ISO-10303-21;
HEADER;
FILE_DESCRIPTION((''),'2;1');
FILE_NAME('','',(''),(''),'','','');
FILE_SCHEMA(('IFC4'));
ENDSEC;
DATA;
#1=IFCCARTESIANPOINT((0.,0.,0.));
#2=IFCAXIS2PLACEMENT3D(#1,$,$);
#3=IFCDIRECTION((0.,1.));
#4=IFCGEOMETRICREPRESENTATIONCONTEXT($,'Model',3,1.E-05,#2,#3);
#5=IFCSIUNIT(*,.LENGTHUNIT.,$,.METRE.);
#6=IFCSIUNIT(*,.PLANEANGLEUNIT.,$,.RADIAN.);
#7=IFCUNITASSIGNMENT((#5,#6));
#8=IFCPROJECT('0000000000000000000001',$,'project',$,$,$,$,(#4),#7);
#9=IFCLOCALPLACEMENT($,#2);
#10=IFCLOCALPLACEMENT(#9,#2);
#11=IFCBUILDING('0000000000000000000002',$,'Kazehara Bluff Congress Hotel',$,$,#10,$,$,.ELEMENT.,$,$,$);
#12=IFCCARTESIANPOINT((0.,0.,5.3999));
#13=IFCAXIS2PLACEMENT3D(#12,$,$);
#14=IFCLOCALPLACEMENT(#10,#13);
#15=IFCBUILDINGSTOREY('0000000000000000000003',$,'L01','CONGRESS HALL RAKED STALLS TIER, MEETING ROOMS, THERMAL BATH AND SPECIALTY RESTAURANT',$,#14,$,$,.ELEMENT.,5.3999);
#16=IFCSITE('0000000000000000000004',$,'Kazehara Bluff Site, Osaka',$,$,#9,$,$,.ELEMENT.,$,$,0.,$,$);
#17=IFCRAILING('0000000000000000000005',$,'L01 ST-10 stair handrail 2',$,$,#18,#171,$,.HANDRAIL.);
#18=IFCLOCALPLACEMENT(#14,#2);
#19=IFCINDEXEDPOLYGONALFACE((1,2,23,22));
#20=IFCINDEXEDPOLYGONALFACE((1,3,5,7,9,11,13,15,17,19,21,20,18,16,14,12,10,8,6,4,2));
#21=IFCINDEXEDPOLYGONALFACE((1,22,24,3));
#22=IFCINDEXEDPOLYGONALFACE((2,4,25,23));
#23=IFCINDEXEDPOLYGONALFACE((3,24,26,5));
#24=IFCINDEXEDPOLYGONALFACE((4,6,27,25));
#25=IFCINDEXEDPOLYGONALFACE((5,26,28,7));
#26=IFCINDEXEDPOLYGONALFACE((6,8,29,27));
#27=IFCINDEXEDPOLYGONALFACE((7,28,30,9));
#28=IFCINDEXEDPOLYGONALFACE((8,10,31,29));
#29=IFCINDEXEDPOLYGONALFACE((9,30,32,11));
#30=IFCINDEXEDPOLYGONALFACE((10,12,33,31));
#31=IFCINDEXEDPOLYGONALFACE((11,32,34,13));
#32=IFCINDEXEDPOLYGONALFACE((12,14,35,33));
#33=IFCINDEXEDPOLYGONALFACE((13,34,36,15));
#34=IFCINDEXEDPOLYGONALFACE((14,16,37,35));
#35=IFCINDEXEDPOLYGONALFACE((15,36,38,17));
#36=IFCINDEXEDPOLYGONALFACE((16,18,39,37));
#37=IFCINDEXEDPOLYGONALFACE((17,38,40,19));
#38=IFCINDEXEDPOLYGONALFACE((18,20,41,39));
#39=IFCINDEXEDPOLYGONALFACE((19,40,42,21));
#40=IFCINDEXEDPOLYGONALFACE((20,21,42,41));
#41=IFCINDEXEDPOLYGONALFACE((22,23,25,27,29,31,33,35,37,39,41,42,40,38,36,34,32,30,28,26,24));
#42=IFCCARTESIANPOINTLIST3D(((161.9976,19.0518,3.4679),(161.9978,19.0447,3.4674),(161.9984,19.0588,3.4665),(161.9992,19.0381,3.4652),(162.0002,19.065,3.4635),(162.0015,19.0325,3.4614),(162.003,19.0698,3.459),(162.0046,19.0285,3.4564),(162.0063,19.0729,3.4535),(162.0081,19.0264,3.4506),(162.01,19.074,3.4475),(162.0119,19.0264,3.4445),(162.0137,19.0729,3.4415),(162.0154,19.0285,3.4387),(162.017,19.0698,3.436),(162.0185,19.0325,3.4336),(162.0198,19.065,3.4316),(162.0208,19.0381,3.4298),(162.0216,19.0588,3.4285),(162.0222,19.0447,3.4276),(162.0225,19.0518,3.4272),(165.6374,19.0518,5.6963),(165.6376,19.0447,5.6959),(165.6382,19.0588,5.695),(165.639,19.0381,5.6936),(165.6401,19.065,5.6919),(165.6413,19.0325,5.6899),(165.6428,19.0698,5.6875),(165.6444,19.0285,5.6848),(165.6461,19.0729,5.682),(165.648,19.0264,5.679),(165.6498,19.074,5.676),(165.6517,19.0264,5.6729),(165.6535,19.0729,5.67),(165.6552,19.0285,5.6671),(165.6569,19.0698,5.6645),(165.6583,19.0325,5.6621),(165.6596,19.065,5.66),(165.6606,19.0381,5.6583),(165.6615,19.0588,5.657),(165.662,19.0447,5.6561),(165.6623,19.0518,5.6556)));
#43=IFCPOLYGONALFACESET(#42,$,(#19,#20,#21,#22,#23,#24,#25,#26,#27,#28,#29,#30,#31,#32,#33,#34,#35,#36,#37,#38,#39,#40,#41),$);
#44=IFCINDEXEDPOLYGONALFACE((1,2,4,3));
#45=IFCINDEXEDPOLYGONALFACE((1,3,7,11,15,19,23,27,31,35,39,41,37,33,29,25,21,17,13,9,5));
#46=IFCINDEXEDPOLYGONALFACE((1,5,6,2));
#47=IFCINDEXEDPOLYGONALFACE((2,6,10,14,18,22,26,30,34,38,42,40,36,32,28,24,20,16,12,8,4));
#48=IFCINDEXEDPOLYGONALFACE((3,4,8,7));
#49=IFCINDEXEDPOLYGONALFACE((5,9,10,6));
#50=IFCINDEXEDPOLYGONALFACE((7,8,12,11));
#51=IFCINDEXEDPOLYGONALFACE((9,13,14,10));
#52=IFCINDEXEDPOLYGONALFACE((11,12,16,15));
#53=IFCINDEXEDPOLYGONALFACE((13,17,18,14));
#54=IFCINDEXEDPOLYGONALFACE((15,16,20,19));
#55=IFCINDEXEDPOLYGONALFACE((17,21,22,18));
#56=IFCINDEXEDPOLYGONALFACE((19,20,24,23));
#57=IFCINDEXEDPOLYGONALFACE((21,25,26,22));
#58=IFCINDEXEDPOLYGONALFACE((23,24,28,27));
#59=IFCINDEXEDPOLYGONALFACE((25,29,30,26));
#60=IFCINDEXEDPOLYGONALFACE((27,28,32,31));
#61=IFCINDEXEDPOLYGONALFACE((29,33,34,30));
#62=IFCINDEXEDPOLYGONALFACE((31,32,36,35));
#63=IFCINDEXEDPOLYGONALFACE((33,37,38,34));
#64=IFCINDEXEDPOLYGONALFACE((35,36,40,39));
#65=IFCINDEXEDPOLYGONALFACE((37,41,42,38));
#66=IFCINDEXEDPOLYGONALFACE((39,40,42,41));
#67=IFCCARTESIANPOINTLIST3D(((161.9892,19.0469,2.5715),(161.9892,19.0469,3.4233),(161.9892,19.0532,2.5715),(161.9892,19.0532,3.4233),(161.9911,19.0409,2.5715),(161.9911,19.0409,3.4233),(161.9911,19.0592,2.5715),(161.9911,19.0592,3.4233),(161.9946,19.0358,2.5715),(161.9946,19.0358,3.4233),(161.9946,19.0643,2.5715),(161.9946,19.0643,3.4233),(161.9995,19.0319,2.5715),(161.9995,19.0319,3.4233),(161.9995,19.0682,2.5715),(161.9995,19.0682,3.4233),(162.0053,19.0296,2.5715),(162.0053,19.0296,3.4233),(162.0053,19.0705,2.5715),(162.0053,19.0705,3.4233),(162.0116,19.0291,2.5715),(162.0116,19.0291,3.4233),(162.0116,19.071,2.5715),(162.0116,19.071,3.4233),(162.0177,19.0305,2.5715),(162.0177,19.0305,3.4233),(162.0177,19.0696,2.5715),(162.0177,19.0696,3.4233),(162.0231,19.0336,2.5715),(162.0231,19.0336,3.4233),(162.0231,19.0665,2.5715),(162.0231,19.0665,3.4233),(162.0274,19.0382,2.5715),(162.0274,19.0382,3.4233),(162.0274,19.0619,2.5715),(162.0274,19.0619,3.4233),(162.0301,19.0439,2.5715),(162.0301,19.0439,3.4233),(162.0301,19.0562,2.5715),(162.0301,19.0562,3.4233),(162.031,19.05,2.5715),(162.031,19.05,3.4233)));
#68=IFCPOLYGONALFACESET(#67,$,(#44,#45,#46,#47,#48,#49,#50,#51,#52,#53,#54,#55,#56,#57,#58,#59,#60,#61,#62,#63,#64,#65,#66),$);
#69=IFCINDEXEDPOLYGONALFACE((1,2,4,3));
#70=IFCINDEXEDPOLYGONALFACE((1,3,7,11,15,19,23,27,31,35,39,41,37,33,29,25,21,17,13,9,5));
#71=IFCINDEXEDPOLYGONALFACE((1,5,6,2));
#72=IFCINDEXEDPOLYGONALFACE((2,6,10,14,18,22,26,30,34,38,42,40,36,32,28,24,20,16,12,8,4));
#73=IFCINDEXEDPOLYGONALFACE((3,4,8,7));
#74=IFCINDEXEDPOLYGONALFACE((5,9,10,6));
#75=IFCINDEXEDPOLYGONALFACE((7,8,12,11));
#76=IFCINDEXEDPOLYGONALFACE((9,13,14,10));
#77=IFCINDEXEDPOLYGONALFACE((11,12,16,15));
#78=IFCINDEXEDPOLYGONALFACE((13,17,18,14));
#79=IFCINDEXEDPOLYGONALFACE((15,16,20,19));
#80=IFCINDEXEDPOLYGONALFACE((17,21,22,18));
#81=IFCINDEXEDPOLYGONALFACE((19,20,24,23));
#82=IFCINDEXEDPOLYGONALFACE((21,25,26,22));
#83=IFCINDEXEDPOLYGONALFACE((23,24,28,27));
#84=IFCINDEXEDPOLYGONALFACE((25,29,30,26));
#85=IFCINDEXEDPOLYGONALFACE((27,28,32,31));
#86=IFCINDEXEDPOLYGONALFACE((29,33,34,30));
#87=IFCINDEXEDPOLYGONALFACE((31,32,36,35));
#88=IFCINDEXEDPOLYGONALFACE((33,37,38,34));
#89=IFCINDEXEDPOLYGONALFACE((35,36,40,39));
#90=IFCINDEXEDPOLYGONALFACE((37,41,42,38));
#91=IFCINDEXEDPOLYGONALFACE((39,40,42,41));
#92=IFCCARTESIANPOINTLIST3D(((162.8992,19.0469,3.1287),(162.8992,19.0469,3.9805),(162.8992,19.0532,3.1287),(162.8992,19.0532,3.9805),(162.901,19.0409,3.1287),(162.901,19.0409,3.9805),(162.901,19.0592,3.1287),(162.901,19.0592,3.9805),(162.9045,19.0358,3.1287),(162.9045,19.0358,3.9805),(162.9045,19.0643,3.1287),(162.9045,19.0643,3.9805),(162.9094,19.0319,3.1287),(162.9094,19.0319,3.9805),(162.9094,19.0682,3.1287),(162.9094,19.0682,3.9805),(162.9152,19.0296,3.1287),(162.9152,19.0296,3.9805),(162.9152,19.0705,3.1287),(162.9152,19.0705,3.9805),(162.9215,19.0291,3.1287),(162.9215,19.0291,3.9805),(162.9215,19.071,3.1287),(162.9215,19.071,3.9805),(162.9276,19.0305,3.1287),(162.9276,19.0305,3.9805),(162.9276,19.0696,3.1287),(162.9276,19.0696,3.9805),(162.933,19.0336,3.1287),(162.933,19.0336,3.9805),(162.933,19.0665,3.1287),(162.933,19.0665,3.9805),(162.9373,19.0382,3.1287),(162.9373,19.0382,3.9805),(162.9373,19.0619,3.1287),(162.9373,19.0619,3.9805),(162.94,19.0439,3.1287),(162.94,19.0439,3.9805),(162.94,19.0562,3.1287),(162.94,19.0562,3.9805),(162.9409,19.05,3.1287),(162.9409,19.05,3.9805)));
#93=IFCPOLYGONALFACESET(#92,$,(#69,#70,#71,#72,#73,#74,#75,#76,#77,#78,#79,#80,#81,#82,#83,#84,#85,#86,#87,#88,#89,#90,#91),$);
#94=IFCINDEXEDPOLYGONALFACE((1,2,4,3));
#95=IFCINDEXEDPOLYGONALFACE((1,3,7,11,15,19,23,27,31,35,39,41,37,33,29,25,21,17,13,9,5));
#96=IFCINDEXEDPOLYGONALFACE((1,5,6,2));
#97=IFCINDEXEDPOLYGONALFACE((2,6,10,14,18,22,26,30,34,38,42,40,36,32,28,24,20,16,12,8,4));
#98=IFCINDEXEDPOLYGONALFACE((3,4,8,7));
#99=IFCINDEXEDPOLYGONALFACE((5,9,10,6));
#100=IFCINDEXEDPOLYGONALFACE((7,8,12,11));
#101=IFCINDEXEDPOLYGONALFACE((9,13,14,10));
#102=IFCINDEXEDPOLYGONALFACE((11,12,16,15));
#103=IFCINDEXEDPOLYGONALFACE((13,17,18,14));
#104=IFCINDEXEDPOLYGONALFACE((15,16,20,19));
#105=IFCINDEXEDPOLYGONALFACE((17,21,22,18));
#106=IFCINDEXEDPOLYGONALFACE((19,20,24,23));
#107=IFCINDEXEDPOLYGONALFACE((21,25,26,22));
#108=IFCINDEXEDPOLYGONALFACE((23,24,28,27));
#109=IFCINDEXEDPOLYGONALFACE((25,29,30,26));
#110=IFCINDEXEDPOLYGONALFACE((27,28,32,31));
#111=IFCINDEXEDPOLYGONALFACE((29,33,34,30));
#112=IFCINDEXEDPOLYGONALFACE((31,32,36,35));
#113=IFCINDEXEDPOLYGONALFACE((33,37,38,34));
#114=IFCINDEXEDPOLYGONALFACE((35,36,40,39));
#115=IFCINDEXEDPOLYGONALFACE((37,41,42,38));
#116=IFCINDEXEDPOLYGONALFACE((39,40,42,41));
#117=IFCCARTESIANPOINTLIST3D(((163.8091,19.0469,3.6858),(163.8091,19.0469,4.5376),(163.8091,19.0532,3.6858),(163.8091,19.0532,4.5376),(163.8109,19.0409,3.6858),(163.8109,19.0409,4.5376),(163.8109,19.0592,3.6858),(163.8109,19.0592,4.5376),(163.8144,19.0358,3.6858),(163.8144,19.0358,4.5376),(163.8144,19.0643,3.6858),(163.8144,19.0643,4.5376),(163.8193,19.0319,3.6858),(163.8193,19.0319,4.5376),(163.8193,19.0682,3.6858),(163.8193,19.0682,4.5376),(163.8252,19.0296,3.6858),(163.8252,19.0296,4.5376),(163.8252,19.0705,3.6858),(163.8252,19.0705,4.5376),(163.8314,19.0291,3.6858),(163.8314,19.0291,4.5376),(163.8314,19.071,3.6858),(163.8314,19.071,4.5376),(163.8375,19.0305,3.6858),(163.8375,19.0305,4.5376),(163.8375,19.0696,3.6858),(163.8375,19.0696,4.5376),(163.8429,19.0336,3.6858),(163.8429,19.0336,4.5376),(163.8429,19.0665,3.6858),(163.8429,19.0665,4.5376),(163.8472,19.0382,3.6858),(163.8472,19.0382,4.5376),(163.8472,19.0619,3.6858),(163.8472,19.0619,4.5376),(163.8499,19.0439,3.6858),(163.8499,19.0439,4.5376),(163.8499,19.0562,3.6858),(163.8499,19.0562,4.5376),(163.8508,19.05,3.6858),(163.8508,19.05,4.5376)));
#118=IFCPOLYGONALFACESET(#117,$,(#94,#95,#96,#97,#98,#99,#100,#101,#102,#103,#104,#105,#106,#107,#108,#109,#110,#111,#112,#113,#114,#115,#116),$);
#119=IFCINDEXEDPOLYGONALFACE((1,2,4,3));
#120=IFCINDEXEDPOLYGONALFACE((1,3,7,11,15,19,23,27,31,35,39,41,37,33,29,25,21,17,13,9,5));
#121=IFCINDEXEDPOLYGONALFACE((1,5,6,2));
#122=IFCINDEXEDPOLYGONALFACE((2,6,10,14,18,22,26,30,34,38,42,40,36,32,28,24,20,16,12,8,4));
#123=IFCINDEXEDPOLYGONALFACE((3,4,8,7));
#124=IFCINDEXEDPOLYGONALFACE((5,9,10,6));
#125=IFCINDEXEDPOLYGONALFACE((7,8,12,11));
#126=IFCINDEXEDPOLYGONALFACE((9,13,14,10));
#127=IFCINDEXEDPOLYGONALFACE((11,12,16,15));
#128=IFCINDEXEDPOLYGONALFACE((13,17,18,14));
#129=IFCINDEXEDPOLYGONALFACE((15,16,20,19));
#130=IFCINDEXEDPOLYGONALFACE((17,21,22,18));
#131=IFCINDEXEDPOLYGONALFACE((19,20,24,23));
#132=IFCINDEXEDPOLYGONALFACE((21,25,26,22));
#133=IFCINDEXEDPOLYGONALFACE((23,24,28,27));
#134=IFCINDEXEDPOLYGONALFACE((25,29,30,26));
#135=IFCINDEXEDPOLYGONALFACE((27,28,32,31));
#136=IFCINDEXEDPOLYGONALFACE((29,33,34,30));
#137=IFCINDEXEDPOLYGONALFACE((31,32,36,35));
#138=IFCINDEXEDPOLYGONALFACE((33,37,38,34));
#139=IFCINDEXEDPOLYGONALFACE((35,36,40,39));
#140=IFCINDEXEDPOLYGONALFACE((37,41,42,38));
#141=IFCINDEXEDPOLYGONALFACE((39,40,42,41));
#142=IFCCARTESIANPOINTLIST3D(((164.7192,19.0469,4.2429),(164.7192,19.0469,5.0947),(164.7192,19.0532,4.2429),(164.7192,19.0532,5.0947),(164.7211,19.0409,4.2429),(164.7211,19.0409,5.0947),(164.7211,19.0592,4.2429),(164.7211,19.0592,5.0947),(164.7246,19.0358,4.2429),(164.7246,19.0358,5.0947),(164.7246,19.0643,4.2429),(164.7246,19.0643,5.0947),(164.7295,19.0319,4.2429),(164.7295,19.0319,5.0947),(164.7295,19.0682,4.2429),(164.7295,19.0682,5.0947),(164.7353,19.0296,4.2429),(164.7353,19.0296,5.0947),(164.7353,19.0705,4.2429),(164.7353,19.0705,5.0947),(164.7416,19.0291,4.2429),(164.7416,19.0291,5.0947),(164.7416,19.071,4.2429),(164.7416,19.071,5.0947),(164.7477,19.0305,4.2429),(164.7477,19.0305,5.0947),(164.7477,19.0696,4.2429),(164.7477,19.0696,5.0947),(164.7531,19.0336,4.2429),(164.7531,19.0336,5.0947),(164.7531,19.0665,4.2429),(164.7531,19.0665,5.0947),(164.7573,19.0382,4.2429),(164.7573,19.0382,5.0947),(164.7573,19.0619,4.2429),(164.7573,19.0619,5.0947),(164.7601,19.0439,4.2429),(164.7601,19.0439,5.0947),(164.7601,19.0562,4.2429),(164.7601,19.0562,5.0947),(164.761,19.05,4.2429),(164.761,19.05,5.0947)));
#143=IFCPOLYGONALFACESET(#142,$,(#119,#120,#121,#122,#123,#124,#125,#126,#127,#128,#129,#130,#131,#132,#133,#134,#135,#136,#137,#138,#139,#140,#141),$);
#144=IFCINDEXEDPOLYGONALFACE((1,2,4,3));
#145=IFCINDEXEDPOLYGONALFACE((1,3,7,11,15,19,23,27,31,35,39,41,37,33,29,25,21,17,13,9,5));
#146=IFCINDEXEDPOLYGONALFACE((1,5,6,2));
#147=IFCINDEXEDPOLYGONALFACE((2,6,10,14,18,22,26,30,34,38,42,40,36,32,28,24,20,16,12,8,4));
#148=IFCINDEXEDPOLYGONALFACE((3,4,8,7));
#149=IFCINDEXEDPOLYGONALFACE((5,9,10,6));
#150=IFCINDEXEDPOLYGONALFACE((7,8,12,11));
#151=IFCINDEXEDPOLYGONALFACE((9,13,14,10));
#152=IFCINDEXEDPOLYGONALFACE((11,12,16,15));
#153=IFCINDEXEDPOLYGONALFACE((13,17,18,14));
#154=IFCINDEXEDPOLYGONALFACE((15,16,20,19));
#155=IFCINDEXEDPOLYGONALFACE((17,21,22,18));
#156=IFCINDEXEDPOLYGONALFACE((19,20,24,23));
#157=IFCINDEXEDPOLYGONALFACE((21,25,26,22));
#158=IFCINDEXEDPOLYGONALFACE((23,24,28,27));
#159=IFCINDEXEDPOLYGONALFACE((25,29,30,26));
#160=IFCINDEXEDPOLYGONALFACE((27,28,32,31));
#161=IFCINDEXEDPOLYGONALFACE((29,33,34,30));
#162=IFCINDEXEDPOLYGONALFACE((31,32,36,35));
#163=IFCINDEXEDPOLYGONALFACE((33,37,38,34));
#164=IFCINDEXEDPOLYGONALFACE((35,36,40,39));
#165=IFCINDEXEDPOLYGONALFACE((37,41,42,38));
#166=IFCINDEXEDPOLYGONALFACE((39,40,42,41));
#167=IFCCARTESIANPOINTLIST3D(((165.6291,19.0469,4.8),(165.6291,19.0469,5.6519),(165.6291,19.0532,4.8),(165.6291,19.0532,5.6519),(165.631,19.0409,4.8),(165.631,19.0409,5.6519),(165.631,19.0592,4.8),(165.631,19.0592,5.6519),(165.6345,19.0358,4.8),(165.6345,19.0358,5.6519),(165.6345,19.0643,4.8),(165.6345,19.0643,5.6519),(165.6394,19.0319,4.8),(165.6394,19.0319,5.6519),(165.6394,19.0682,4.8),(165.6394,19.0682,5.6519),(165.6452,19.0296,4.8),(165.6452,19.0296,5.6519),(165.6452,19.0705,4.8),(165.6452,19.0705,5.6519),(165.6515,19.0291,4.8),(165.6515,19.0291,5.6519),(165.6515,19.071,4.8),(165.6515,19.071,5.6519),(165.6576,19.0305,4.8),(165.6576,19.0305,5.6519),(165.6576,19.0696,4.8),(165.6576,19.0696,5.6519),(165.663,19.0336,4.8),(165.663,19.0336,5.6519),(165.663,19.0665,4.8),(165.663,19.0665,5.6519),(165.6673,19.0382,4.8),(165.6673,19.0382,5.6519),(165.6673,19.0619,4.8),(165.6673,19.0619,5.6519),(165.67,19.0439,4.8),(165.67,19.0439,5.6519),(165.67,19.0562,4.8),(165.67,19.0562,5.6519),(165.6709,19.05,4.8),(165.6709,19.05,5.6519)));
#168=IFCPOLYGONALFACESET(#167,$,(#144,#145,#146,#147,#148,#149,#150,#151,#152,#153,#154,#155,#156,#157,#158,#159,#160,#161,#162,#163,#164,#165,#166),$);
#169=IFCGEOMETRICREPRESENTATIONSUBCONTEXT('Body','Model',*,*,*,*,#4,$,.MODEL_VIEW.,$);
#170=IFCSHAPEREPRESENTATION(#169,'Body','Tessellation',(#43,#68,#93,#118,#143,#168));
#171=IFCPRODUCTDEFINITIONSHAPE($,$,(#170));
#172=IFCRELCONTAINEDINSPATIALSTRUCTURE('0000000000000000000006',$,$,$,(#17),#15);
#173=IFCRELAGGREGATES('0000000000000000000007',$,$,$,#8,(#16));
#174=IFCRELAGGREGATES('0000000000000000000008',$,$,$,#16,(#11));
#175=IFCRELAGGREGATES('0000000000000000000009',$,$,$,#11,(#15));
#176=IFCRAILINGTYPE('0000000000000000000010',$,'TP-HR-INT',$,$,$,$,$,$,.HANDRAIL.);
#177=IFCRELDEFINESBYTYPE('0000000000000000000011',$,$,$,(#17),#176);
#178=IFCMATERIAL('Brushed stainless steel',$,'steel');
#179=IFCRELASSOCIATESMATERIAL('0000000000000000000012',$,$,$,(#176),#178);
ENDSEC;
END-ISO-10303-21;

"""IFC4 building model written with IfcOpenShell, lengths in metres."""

from ifc_helpers import new_model, si_unit, direction, frame, origin, origin_2d, place, context, subcontext, project, spatial, circle, extrude, material, type_object, element, save


model = new_model("IFC4")

# Units and contexts
model_context = context("Model", 3, precision=1e-05, world=origin(), true_north=direction((0.0, 1.0)))
body_context = subcontext(model_context, "Body", "Model", "MODEL_VIEW")
ifc_project = project(units=[si_unit("LENGTHUNIT", "METRE"), si_unit("PLANEANGLEUNIT", "RADIAN")], contexts=[model_context])

# Site, building, storey
site_placement = place(None, origin())
site = spatial("IfcSite", under=ifc_project, at=site_placement, Name="Kazehara Bluff Site, Osaka", CompositionType="ELEMENT", RefElevation=0.0)
building_placement = place(site_placement, origin())
building = spatial("IfcBuilding", under=site, at=building_placement, Name="Kazehara Bluff Congress Hotel", CompositionType="ELEMENT")
storey_placement = place(building_placement, frame((0.0, 0.0, 5.3999)))
storey = spatial("IfcBuildingStorey", under=building, at=storey_placement, Name="L01", Description="CONGRESS HALL RAKED STALLS TIER, MEETING ROOMS, THERMAL BATH AND SPECIALTY RESTAURANT", CompositionType="ELEMENT", Elevation=5.3999)

# Railing
ifc_material_1 = material(Name="Brushed stainless steel", Category="steel")
railing_type_1 = type_object("IfcRailingType", Name="TP-HR-INT", PredefinedType="HANDRAIL", material=ifc_material_1)
railing_1_placement = place(storey_placement, frame((162.01, 19.05, 2.5715)))
element("IfcRailing", 1, at=railing_1_placement, inside=storey, type_object=railing_type_1, Name="L01 ST-10 stair handrail 2", PredefinedType="HANDRAIL", context=body_context, shape_type="SweptSolid", body=[
    extrude(circle(Radius=0.0239, at=origin_2d()), frame((0.0, 0.0, 0.876), z_axis=(0.85285, 0.0, 0.522156), x_axis=(0.0, 1.0, 0.0)), (0.0, 0.0, 1.0), 4.2678),
    extrude(circle(Radius=0.021, at=origin_2d()), origin(), (0.0, 0.0, 1.0), 0.8518),
    extrude(circle(Radius=0.021, at=origin_2d()), frame((0.9099, 0.0, 0.5571)), (0.0, 0.0, 1.0), 0.8518),
    extrude(circle(Radius=0.021, at=origin_2d()), frame((1.8198, 0.0, 1.1143)), (0.0, 0.0, 1.0), 0.8518),
    extrude(circle(Radius=0.021, at=origin_2d()), frame((2.73, 0.0, 1.6714)), (0.0, 0.0, 1.0), 0.8518),
    extrude(circle(Radius=0.021, at=origin_2d()), frame((3.6399, 0.0, 2.2285)), (0.0, 0.0, 1.0), 0.8518),
])

save(model, "model.ifc")
